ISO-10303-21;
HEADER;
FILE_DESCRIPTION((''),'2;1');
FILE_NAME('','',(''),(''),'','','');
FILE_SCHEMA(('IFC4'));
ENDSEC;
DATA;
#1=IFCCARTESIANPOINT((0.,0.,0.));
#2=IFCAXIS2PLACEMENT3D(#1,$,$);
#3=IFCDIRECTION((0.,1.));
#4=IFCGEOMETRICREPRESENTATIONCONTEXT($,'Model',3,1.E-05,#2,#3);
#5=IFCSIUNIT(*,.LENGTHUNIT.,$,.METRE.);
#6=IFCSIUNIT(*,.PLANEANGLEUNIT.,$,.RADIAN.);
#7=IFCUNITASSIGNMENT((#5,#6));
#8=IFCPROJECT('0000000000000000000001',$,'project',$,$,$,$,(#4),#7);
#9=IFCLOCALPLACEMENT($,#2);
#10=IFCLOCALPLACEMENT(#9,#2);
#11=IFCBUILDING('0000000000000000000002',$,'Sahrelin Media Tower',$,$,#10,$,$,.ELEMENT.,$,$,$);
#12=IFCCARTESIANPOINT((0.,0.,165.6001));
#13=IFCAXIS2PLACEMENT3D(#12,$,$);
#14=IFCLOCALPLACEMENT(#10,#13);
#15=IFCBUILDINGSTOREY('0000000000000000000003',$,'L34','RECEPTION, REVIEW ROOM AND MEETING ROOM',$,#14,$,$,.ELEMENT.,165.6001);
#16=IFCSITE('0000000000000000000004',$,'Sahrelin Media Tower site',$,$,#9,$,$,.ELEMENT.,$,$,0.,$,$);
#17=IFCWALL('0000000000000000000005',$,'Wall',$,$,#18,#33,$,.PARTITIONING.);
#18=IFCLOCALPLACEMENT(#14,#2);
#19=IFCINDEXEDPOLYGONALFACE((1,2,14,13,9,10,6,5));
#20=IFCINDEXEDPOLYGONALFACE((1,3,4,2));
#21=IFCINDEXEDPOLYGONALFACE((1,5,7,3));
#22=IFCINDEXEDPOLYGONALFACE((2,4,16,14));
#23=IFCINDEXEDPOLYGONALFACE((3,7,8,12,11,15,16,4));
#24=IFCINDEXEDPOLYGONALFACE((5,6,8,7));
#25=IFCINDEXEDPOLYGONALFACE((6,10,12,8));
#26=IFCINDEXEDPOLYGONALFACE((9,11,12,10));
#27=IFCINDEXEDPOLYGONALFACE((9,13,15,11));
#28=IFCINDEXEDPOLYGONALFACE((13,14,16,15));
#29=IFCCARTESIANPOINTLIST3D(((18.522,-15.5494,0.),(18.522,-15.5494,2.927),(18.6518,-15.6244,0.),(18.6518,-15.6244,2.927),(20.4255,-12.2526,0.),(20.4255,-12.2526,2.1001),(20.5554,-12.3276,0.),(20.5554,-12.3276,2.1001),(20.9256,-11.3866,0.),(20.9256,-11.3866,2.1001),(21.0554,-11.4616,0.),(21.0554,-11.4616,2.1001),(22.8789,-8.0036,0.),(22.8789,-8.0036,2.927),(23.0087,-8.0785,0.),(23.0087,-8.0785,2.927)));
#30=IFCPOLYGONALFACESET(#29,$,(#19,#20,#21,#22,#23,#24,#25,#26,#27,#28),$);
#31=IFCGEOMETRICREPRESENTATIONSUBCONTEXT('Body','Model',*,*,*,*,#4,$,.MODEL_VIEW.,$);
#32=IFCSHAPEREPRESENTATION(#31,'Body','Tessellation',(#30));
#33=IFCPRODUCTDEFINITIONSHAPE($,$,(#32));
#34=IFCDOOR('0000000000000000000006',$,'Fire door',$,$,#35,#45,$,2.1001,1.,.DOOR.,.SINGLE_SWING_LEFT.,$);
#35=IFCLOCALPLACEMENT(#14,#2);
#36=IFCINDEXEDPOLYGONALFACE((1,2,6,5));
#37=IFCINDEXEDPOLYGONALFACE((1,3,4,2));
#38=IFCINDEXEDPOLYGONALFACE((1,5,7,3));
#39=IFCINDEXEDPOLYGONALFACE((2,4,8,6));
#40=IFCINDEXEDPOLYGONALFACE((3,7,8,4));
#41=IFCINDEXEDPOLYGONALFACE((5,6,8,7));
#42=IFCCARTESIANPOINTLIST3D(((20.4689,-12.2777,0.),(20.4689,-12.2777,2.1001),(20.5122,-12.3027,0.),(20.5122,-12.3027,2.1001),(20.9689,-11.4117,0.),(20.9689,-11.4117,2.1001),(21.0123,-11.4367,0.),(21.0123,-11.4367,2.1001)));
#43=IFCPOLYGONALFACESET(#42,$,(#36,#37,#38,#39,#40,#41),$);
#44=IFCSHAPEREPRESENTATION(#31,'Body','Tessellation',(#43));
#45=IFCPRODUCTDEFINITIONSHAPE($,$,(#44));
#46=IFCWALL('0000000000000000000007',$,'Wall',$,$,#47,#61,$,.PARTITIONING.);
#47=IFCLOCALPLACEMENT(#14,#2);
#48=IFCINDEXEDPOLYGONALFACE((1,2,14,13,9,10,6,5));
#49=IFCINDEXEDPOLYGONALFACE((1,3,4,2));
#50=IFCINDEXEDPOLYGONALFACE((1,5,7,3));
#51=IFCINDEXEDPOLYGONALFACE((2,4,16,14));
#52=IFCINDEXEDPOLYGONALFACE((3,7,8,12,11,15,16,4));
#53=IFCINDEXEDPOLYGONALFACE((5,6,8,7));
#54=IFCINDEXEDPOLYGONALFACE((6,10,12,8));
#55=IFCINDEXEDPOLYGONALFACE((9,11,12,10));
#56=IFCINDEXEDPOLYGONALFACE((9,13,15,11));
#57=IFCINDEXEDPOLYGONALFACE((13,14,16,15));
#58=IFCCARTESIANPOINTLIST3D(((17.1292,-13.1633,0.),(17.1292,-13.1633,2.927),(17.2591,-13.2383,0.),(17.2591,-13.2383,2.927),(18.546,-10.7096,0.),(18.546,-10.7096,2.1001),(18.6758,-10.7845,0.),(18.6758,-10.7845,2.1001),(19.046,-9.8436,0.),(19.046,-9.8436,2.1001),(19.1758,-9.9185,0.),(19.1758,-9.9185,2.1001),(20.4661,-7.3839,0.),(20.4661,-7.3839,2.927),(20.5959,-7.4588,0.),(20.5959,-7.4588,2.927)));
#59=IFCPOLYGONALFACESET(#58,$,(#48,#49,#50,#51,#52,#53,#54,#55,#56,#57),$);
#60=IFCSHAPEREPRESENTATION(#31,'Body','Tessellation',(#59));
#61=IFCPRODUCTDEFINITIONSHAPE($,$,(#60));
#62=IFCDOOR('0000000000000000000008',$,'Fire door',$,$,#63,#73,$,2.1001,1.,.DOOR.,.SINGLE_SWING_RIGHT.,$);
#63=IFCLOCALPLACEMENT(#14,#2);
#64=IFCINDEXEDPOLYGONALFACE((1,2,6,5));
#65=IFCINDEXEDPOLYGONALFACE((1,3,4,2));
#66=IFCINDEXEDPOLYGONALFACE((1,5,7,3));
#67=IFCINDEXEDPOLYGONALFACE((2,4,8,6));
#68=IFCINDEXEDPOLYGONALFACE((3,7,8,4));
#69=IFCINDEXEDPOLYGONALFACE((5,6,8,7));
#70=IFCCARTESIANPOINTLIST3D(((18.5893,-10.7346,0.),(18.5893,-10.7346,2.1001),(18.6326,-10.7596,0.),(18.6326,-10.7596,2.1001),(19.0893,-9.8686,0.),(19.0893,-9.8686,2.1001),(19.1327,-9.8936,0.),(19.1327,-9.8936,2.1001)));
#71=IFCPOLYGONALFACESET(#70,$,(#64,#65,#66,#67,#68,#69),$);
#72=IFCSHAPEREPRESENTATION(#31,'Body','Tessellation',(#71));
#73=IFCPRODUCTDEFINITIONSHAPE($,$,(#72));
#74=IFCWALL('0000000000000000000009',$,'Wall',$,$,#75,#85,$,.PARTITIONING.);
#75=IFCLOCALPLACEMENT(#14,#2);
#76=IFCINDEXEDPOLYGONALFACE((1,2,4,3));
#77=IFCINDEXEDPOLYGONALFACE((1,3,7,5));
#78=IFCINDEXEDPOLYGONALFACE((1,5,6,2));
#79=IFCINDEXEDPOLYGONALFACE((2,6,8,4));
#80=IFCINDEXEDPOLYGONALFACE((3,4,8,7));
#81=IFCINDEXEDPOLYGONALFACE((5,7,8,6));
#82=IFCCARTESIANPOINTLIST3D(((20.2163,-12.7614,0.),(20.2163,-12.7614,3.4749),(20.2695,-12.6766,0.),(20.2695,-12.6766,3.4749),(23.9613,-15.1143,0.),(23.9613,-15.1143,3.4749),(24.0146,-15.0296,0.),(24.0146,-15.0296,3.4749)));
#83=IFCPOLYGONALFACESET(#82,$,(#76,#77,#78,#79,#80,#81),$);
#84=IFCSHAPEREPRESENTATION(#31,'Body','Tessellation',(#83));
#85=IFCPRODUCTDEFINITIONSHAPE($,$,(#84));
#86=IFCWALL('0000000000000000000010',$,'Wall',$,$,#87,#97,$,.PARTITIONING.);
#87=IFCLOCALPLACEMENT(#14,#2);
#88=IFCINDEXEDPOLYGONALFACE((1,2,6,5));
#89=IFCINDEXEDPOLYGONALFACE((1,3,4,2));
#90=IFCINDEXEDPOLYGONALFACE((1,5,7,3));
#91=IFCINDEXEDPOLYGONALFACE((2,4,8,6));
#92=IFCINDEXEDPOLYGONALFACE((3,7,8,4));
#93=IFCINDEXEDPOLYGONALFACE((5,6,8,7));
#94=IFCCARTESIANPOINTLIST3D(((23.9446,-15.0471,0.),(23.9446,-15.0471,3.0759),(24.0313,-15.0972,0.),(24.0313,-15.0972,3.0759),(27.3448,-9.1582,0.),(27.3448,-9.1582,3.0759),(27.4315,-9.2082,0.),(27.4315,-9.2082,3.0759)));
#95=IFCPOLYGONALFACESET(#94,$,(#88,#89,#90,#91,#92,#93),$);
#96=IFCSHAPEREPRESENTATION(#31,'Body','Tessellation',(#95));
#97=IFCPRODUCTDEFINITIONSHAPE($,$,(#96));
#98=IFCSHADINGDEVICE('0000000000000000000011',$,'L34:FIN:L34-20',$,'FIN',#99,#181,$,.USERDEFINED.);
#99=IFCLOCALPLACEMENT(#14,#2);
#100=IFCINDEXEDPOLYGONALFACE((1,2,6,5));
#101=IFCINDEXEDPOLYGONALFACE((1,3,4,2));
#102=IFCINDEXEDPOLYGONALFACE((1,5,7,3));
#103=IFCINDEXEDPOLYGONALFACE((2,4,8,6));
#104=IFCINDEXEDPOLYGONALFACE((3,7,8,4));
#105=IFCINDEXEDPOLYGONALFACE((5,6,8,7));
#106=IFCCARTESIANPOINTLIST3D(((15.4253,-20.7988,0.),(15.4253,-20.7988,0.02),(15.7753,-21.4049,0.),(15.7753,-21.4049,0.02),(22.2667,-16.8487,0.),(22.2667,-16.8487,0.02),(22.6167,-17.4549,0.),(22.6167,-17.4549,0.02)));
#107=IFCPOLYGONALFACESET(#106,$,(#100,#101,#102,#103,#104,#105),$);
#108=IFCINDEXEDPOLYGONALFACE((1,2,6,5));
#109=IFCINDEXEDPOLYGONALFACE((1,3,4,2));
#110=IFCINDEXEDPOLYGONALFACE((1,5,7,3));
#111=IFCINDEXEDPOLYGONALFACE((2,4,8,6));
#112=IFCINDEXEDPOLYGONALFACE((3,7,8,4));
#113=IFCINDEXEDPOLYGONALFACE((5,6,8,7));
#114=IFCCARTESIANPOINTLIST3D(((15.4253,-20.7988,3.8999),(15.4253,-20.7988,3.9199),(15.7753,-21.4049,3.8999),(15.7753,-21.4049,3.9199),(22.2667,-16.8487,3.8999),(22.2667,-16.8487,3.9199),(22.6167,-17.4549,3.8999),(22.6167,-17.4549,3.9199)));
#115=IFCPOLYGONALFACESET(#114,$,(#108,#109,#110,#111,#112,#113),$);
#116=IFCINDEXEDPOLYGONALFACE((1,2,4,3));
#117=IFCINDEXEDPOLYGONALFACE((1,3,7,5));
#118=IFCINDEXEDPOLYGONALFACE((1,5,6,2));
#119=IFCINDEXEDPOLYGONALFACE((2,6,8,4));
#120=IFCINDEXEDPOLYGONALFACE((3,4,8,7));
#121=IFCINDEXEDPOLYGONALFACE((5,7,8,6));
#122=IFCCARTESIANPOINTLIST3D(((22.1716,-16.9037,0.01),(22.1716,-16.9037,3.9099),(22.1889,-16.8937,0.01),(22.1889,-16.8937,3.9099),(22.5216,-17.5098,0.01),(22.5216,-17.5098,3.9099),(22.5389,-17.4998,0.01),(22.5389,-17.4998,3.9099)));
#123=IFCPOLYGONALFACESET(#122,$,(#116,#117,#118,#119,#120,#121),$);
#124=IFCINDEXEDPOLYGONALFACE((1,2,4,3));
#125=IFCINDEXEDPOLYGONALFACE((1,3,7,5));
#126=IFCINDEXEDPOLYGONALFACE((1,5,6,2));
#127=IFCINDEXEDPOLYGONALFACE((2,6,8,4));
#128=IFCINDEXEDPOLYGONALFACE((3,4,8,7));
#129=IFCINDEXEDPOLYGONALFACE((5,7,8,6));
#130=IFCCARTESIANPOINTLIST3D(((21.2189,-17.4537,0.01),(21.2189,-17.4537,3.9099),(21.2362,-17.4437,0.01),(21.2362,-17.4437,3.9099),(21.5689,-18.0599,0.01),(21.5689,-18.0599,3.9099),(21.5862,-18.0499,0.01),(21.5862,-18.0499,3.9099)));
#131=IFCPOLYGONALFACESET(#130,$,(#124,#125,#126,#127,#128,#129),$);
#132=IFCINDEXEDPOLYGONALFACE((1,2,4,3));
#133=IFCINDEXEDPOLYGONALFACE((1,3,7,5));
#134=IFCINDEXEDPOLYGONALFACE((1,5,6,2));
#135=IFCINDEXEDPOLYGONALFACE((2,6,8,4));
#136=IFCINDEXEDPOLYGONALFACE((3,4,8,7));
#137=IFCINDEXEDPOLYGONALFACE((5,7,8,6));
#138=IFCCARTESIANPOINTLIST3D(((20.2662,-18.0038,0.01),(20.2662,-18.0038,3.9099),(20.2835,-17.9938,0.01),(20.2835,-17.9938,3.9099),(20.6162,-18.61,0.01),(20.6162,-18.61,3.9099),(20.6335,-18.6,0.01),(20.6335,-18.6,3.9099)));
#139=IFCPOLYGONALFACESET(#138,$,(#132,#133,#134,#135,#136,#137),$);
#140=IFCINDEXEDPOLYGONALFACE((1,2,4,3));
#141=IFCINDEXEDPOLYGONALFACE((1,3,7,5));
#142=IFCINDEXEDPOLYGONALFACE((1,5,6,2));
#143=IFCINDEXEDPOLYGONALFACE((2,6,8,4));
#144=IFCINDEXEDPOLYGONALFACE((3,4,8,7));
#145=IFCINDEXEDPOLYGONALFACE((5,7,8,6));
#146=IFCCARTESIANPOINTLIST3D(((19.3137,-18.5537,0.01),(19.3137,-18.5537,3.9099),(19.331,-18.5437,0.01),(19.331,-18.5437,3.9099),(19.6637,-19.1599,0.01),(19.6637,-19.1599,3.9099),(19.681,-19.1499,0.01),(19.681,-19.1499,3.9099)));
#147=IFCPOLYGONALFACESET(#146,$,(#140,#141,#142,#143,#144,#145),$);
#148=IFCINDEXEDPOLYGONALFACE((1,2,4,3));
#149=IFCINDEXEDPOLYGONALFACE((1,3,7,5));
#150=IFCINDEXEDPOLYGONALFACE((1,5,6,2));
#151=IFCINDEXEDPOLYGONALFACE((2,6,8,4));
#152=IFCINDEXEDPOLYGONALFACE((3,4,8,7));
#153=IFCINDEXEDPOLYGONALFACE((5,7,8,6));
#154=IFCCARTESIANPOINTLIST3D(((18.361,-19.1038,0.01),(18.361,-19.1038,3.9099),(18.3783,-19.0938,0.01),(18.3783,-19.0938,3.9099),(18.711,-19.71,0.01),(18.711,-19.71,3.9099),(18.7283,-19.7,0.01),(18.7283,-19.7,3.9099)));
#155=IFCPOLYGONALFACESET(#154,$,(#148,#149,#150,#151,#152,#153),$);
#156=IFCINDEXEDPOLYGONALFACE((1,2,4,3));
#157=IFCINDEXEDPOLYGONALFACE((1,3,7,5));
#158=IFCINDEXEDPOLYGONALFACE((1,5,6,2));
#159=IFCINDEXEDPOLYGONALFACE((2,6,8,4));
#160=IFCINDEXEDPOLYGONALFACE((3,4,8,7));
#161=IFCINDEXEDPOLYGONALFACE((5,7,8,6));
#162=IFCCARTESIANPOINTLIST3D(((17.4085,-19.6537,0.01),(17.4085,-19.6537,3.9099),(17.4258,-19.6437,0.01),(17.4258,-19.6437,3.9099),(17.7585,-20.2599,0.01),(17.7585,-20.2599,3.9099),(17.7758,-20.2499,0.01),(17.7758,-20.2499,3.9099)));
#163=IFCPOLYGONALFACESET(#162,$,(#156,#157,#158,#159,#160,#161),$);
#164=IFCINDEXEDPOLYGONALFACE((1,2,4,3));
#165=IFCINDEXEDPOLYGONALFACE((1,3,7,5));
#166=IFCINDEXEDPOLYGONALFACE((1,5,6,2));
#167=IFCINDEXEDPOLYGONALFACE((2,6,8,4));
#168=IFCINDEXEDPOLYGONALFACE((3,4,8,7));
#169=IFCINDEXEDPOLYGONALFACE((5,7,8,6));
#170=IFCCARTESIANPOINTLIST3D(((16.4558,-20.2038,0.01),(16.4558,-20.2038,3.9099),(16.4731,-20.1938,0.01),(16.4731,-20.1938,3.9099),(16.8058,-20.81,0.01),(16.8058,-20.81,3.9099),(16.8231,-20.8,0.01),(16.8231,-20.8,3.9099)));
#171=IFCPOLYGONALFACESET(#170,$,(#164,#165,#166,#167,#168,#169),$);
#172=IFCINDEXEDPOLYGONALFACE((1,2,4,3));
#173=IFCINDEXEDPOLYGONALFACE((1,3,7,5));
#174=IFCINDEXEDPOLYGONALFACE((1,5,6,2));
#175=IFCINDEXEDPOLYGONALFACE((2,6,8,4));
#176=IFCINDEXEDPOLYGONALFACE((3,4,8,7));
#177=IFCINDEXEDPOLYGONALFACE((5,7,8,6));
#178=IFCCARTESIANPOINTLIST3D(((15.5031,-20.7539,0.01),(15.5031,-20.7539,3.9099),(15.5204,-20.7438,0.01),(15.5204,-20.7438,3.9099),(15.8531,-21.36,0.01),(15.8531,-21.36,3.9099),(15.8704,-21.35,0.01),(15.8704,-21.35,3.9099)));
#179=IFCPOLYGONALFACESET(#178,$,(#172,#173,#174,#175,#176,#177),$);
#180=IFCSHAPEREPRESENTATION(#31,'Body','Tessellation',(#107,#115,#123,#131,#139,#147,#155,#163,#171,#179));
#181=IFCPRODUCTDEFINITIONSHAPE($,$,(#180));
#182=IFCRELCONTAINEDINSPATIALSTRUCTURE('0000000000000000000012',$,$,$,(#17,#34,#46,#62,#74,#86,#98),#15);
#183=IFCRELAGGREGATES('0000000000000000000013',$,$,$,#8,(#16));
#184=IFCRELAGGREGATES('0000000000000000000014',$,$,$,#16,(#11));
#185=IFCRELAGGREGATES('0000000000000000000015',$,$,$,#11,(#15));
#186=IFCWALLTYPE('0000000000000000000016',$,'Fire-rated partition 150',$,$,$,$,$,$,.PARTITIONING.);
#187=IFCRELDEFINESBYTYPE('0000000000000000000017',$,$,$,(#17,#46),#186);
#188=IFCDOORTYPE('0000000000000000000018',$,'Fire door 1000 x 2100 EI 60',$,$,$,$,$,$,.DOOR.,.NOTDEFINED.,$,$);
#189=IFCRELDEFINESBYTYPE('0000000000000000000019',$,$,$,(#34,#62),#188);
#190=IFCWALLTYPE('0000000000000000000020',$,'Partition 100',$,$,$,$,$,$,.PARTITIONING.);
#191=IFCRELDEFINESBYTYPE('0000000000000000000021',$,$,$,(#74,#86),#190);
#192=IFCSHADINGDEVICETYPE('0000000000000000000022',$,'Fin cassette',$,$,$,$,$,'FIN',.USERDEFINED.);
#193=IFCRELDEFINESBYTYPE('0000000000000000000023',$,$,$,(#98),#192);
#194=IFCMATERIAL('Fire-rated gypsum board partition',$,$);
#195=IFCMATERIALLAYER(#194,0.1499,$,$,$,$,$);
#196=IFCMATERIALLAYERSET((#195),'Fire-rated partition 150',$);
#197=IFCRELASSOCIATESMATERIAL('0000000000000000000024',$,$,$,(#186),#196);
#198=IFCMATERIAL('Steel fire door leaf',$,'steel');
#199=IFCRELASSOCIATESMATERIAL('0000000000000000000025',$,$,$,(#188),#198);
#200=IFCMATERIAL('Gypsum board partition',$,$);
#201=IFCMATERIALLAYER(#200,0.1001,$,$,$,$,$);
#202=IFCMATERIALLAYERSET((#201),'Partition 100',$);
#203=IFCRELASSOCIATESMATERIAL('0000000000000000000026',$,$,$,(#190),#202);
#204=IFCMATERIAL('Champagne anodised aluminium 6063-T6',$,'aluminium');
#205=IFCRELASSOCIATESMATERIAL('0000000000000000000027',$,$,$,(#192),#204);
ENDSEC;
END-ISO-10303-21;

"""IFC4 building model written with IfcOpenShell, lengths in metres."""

from ifc_helpers import new_model, si_unit, direction, frame, frame_2d, origin, origin_2d, place, context, subcontext, project, spatial, rectangle, extrude, material, layer, layer_set, type_object, element, fill, save


model = new_model("IFC4")

# Units and contexts
model_context = context("Model", 3, precision=1e-05, world=origin(), true_north=direction((0.0, 1.0)))
body_context = subcontext(model_context, "Body", "Model", "MODEL_VIEW")
ifc_project = project(units=[si_unit("LENGTHUNIT", "METRE"), si_unit("PLANEANGLEUNIT", "RADIAN")], contexts=[model_context])

# Site, building, storey
site_placement = place(None, origin())
site = spatial("IfcSite", under=ifc_project, at=site_placement, Name="Sahrelin Media Tower site", CompositionType="ELEMENT", RefElevation=0.0)
building_placement = place(site_placement, origin())
building = spatial("IfcBuilding", under=site, at=building_placement, Name="Sahrelin Media Tower", CompositionType="ELEMENT")
storey_placement = place(building_placement, frame((0.0, 0.0, 165.6001)))
storey = spatial("IfcBuildingStorey", under=building, at=storey_placement, Name="L34", Description="RECEPTION, REVIEW ROOM AND MEETING ROOM", CompositionType="ELEMENT", Elevation=165.6001)

# Shared definitions
ifc_material_1 = material(Name="Champagne anodised aluminium 6063-T6", Category="aluminium")

# Walls, openings, doors
ifc_material_2 = material(Name="Fire-rated gypsum board partition")
ifc_layer_1 = layer(ifc_material_2, 0.1499)
ifc_layer_set_1 = layer_set([ifc_layer_1], Name="Fire-rated partition 150")
wall_type_1 = type_object("IfcWallType", Name="Fire-rated partition 150", PredefinedType="PARTITIONING", material=ifc_layer_set_1)
wall_1_placement = place(storey_placement, frame((18.5869, -15.5869, 0.0), z_axis=(0.0, 0.0, 1.0), x_axis=(0.500026, 0.86601, 0.0)))
wall_1 = element("IfcWall", 1, at=wall_1_placement, inside=storey, type_object=wall_type_1, Name="Wall", PredefinedType="PARTITIONING", context=body_context, shape_type="SweptSolid", body=[
    extrude(rectangle(XDim=8.7134, YDim=0.1499, at=frame_2d((4.3567, 0.0))), origin(), (0.0, 0.0, 1.0), 2.927),
])
opening_1_placement = place(wall_1_placement, frame((3.8069, 0.0, 0.0)))
opening_1 = element("IfcOpeningElement", 2, at=opening_1_placement, cuts=wall_1, PredefinedType="OPENING", context=body_context, shape_type="SweptSolid", body=[
    extrude(rectangle(XDim=1.0, YDim=2.1001, at=frame_2d((0.5, 1.05))), frame((0.0, 0.075, 0.0), z_axis=(0.0, -1.0, 0.0), x_axis=(1.0, 0.0, 0.0)), (0.0, 0.0, 1.0), 0.1499),
])
ifc_material_3 = material(Name="Steel fire door leaf", Category="steel")
door_type = type_object("IfcDoorType", Name="Fire door 1000 x 2100 EI 60", OperationType="NOTDEFINED", PredefinedType="DOOR", material=ifc_material_3)
door_1_placement = place(opening_1_placement, origin())
door_1 = element("IfcDoor", 3, at=door_1_placement, inside=storey, type_object=door_type, Name="Fire door", OperationType="SINGLE_SWING_LEFT", OverallHeight=2.1001, OverallWidth=1.0, PredefinedType="DOOR", context=body_context, shape_type="SweptSolid", body=[
    extrude(rectangle(XDim=1.0, YDim=2.1001, at=frame_2d((0.5, 1.05))), frame((0.0, 0.0249, 0.0), z_axis=(0.0, -1.0, 0.0), x_axis=(1.0, 0.0, 0.0)), (0.0, 0.0, 1.0), 0.05),
])
fill(opening_1, door_1)
wall_2_placement = place(storey_placement, frame((17.1941, -13.2009, 0.0), z_axis=(0.0, 0.0, 1.0), x_axis=(0.500011, 0.866019, 0.0)))
wall_2 = element("IfcWall", 4, at=wall_2_placement, inside=storey, type_object=wall_type_1, Name="Wall", PredefinedType="PARTITIONING", context=body_context, shape_type="SweptSolid", body=[
    extrude(rectangle(XDim=6.6736, YDim=0.1499, at=frame_2d((3.3369, 0.0))), origin(), (0.0, 0.0, 1.0), 2.927),
])
opening_2_placement = place(wall_2_placement, frame((2.8335, 0.0, 0.0)))
opening_2 = element("IfcOpeningElement", 5, at=opening_2_placement, cuts=wall_2, PredefinedType="OPENING", context=body_context, shape_type="SweptSolid", body=[
    extrude(rectangle(XDim=1.0, YDim=2.1001, at=frame_2d((0.5, 1.05))), frame((0.0, 0.075, 0.0), z_axis=(0.0, -1.0, 0.0), x_axis=(1.0, 0.0, 0.0)), (0.0, 0.0, 1.0), 0.1499),
])
door_2_placement = place(opening_2_placement, origin())
door_2 = element("IfcDoor", 6, at=door_2_placement, inside=storey, type_object=door_type, Name="Fire door", OperationType="SINGLE_SWING_RIGHT", OverallHeight=2.1001, OverallWidth=1.0, PredefinedType="DOOR", context=body_context, shape_type="SweptSolid", body=[
    extrude(rectangle(XDim=1.0, YDim=2.1001, at=frame_2d((0.5, 1.05))), frame((0.0, 0.0249, 0.0), z_axis=(0.0, -1.0, 0.0), x_axis=(1.0, 0.0, 0.0)), (0.0, 0.0, 1.0), 0.05),
])
fill(opening_2, door_2)

# Walls
ifc_material_4 = material(Name="Gypsum board partition")
ifc_layer_2 = layer(ifc_material_4, 0.1001)
ifc_layer_set_2 = layer_set([ifc_layer_2], Name="Partition 100")
wall_type_2 = type_object("IfcWallType", Name="Partition 100", PredefinedType="PARTITIONING", material=ifc_layer_set_2)
wall_3_placement = place(storey_placement, frame((20.2429, -12.719, 0.0), z_axis=(0.0, 0.0, 1.0), x_axis=(0.846743, -0.532002, 0.0)))
element("IfcWall", 7, at=wall_3_placement, inside=storey, type_object=wall_type_2, Name="Wall", PredefinedType="PARTITIONING", context=body_context, shape_type="SweptSolid", body=[
    extrude(rectangle(XDim=4.4229, YDim=0.1001, at=frame_2d((2.2114, 0.0))), origin(), (0.0, 0.0, 1.0), 3.4749),
])
wall_4_placement = place(storey_placement, frame((23.988, -15.072, 0.0), z_axis=(0.0, 0.0, 1.0), x_axis=(0.50002, 0.866014, 0.0)))
element("IfcWall", 8, at=wall_4_placement, inside=storey, type_object=wall_type_2, Name="Wall", PredefinedType="PARTITIONING", context=body_context, shape_type="SweptSolid", body=[
    extrude(rectangle(XDim=6.8, YDim=0.1001, at=frame_2d((3.3999, 0.0))), origin(), (0.0, 0.0, 1.0), 3.0759),
])

# Shading device
shading_device_type_1 = type_object("IfcShadingDeviceType", Name="Fin cassette", ElementType="FIN", PredefinedType="USERDEFINED", material=ifc_material_1)
placement_1 = place(storey_placement, frame((18.811, -18.7632, 0.0), z_axis=(0.0, 0.0, 1.0), x_axis=(-0.866019, -0.500011, 0.0)))
element("IfcShadingDevice", 9, at=placement_1, inside=storey, type_object=shading_device_type_1, Name="L34:FIN:L34-20", ObjectType="FIN", PredefinedType="USERDEFINED", context=body_context, shape_type="SweptSolid", body=[
    extrude(rectangle(XDim=7.8999, YDim=0.7, at=origin_2d()), frame((0.0, 0.4199, 0.0)), (0.0, 0.0, 1.0), 0.02),
    extrude(rectangle(XDim=7.8999, YDim=0.7, at=origin_2d()), frame((0.0, 0.4199, 3.8999)), (0.0, 0.0, 1.0), 0.02),
    extrude(rectangle(XDim=0.02, YDim=0.7, at=origin_2d()), frame((-3.8501, 0.4199, 0.01), z_axis=(0.0, 0.0, 1.0), x_axis=(1.0, 0.0, 0.0)), (0.0, 0.0, 1.0), 3.8999),
    extrude(rectangle(XDim=0.02, YDim=0.7, at=origin_2d()), frame((-2.75, 0.4199, 0.01), z_axis=(0.0, 0.0, 1.0), x_axis=(1.0, 0.0, 0.0)), (0.0, 0.0, 1.0), 3.8999),
    extrude(rectangle(XDim=0.02, YDim=0.7, at=origin_2d()), frame((-1.6499, 0.4199, 0.01), z_axis=(0.0, 0.0, 1.0), x_axis=(1.0, 0.0, 0.0)), (0.0, 0.0, 1.0), 3.8999),
    extrude(rectangle(XDim=0.02, YDim=0.7, at=origin_2d()), frame((-0.55, 0.4199, 0.01), z_axis=(0.0, 0.0, 1.0), x_axis=(1.0, 0.0, 0.0)), (0.0, 0.0, 1.0), 3.8999),
    extrude(rectangle(XDim=0.02, YDim=0.7, at=origin_2d()), frame((0.55, 0.4199, 0.01), z_axis=(0.0, 0.0, 1.0), x_axis=(1.0, 0.0, 0.0)), (0.0, 0.0, 1.0), 3.8999),
    extrude(rectangle(XDim=0.02, YDim=0.7, at=origin_2d()), frame((1.6499, 0.4199, 0.01), z_axis=(0.0, 0.0, 1.0), x_axis=(1.0, 0.0, 0.0)), (0.0, 0.0, 1.0), 3.8999),
    extrude(rectangle(XDim=0.02, YDim=0.7, at=origin_2d()), frame((2.75, 0.4199, 0.01), z_axis=(0.0, 0.0, 1.0), x_axis=(1.0, 0.0, 0.0)), (0.0, 0.0, 1.0), 3.8999),
    extrude(rectangle(XDim=0.02, YDim=0.7, at=origin_2d()), frame((3.8501, 0.4199, 0.01), z_axis=(0.0, 0.0, 1.0), x_axis=(1.0, 0.0, 0.0)), (0.0, 0.0, 1.0), 3.8999),
])

save(model, "model.ifc")
